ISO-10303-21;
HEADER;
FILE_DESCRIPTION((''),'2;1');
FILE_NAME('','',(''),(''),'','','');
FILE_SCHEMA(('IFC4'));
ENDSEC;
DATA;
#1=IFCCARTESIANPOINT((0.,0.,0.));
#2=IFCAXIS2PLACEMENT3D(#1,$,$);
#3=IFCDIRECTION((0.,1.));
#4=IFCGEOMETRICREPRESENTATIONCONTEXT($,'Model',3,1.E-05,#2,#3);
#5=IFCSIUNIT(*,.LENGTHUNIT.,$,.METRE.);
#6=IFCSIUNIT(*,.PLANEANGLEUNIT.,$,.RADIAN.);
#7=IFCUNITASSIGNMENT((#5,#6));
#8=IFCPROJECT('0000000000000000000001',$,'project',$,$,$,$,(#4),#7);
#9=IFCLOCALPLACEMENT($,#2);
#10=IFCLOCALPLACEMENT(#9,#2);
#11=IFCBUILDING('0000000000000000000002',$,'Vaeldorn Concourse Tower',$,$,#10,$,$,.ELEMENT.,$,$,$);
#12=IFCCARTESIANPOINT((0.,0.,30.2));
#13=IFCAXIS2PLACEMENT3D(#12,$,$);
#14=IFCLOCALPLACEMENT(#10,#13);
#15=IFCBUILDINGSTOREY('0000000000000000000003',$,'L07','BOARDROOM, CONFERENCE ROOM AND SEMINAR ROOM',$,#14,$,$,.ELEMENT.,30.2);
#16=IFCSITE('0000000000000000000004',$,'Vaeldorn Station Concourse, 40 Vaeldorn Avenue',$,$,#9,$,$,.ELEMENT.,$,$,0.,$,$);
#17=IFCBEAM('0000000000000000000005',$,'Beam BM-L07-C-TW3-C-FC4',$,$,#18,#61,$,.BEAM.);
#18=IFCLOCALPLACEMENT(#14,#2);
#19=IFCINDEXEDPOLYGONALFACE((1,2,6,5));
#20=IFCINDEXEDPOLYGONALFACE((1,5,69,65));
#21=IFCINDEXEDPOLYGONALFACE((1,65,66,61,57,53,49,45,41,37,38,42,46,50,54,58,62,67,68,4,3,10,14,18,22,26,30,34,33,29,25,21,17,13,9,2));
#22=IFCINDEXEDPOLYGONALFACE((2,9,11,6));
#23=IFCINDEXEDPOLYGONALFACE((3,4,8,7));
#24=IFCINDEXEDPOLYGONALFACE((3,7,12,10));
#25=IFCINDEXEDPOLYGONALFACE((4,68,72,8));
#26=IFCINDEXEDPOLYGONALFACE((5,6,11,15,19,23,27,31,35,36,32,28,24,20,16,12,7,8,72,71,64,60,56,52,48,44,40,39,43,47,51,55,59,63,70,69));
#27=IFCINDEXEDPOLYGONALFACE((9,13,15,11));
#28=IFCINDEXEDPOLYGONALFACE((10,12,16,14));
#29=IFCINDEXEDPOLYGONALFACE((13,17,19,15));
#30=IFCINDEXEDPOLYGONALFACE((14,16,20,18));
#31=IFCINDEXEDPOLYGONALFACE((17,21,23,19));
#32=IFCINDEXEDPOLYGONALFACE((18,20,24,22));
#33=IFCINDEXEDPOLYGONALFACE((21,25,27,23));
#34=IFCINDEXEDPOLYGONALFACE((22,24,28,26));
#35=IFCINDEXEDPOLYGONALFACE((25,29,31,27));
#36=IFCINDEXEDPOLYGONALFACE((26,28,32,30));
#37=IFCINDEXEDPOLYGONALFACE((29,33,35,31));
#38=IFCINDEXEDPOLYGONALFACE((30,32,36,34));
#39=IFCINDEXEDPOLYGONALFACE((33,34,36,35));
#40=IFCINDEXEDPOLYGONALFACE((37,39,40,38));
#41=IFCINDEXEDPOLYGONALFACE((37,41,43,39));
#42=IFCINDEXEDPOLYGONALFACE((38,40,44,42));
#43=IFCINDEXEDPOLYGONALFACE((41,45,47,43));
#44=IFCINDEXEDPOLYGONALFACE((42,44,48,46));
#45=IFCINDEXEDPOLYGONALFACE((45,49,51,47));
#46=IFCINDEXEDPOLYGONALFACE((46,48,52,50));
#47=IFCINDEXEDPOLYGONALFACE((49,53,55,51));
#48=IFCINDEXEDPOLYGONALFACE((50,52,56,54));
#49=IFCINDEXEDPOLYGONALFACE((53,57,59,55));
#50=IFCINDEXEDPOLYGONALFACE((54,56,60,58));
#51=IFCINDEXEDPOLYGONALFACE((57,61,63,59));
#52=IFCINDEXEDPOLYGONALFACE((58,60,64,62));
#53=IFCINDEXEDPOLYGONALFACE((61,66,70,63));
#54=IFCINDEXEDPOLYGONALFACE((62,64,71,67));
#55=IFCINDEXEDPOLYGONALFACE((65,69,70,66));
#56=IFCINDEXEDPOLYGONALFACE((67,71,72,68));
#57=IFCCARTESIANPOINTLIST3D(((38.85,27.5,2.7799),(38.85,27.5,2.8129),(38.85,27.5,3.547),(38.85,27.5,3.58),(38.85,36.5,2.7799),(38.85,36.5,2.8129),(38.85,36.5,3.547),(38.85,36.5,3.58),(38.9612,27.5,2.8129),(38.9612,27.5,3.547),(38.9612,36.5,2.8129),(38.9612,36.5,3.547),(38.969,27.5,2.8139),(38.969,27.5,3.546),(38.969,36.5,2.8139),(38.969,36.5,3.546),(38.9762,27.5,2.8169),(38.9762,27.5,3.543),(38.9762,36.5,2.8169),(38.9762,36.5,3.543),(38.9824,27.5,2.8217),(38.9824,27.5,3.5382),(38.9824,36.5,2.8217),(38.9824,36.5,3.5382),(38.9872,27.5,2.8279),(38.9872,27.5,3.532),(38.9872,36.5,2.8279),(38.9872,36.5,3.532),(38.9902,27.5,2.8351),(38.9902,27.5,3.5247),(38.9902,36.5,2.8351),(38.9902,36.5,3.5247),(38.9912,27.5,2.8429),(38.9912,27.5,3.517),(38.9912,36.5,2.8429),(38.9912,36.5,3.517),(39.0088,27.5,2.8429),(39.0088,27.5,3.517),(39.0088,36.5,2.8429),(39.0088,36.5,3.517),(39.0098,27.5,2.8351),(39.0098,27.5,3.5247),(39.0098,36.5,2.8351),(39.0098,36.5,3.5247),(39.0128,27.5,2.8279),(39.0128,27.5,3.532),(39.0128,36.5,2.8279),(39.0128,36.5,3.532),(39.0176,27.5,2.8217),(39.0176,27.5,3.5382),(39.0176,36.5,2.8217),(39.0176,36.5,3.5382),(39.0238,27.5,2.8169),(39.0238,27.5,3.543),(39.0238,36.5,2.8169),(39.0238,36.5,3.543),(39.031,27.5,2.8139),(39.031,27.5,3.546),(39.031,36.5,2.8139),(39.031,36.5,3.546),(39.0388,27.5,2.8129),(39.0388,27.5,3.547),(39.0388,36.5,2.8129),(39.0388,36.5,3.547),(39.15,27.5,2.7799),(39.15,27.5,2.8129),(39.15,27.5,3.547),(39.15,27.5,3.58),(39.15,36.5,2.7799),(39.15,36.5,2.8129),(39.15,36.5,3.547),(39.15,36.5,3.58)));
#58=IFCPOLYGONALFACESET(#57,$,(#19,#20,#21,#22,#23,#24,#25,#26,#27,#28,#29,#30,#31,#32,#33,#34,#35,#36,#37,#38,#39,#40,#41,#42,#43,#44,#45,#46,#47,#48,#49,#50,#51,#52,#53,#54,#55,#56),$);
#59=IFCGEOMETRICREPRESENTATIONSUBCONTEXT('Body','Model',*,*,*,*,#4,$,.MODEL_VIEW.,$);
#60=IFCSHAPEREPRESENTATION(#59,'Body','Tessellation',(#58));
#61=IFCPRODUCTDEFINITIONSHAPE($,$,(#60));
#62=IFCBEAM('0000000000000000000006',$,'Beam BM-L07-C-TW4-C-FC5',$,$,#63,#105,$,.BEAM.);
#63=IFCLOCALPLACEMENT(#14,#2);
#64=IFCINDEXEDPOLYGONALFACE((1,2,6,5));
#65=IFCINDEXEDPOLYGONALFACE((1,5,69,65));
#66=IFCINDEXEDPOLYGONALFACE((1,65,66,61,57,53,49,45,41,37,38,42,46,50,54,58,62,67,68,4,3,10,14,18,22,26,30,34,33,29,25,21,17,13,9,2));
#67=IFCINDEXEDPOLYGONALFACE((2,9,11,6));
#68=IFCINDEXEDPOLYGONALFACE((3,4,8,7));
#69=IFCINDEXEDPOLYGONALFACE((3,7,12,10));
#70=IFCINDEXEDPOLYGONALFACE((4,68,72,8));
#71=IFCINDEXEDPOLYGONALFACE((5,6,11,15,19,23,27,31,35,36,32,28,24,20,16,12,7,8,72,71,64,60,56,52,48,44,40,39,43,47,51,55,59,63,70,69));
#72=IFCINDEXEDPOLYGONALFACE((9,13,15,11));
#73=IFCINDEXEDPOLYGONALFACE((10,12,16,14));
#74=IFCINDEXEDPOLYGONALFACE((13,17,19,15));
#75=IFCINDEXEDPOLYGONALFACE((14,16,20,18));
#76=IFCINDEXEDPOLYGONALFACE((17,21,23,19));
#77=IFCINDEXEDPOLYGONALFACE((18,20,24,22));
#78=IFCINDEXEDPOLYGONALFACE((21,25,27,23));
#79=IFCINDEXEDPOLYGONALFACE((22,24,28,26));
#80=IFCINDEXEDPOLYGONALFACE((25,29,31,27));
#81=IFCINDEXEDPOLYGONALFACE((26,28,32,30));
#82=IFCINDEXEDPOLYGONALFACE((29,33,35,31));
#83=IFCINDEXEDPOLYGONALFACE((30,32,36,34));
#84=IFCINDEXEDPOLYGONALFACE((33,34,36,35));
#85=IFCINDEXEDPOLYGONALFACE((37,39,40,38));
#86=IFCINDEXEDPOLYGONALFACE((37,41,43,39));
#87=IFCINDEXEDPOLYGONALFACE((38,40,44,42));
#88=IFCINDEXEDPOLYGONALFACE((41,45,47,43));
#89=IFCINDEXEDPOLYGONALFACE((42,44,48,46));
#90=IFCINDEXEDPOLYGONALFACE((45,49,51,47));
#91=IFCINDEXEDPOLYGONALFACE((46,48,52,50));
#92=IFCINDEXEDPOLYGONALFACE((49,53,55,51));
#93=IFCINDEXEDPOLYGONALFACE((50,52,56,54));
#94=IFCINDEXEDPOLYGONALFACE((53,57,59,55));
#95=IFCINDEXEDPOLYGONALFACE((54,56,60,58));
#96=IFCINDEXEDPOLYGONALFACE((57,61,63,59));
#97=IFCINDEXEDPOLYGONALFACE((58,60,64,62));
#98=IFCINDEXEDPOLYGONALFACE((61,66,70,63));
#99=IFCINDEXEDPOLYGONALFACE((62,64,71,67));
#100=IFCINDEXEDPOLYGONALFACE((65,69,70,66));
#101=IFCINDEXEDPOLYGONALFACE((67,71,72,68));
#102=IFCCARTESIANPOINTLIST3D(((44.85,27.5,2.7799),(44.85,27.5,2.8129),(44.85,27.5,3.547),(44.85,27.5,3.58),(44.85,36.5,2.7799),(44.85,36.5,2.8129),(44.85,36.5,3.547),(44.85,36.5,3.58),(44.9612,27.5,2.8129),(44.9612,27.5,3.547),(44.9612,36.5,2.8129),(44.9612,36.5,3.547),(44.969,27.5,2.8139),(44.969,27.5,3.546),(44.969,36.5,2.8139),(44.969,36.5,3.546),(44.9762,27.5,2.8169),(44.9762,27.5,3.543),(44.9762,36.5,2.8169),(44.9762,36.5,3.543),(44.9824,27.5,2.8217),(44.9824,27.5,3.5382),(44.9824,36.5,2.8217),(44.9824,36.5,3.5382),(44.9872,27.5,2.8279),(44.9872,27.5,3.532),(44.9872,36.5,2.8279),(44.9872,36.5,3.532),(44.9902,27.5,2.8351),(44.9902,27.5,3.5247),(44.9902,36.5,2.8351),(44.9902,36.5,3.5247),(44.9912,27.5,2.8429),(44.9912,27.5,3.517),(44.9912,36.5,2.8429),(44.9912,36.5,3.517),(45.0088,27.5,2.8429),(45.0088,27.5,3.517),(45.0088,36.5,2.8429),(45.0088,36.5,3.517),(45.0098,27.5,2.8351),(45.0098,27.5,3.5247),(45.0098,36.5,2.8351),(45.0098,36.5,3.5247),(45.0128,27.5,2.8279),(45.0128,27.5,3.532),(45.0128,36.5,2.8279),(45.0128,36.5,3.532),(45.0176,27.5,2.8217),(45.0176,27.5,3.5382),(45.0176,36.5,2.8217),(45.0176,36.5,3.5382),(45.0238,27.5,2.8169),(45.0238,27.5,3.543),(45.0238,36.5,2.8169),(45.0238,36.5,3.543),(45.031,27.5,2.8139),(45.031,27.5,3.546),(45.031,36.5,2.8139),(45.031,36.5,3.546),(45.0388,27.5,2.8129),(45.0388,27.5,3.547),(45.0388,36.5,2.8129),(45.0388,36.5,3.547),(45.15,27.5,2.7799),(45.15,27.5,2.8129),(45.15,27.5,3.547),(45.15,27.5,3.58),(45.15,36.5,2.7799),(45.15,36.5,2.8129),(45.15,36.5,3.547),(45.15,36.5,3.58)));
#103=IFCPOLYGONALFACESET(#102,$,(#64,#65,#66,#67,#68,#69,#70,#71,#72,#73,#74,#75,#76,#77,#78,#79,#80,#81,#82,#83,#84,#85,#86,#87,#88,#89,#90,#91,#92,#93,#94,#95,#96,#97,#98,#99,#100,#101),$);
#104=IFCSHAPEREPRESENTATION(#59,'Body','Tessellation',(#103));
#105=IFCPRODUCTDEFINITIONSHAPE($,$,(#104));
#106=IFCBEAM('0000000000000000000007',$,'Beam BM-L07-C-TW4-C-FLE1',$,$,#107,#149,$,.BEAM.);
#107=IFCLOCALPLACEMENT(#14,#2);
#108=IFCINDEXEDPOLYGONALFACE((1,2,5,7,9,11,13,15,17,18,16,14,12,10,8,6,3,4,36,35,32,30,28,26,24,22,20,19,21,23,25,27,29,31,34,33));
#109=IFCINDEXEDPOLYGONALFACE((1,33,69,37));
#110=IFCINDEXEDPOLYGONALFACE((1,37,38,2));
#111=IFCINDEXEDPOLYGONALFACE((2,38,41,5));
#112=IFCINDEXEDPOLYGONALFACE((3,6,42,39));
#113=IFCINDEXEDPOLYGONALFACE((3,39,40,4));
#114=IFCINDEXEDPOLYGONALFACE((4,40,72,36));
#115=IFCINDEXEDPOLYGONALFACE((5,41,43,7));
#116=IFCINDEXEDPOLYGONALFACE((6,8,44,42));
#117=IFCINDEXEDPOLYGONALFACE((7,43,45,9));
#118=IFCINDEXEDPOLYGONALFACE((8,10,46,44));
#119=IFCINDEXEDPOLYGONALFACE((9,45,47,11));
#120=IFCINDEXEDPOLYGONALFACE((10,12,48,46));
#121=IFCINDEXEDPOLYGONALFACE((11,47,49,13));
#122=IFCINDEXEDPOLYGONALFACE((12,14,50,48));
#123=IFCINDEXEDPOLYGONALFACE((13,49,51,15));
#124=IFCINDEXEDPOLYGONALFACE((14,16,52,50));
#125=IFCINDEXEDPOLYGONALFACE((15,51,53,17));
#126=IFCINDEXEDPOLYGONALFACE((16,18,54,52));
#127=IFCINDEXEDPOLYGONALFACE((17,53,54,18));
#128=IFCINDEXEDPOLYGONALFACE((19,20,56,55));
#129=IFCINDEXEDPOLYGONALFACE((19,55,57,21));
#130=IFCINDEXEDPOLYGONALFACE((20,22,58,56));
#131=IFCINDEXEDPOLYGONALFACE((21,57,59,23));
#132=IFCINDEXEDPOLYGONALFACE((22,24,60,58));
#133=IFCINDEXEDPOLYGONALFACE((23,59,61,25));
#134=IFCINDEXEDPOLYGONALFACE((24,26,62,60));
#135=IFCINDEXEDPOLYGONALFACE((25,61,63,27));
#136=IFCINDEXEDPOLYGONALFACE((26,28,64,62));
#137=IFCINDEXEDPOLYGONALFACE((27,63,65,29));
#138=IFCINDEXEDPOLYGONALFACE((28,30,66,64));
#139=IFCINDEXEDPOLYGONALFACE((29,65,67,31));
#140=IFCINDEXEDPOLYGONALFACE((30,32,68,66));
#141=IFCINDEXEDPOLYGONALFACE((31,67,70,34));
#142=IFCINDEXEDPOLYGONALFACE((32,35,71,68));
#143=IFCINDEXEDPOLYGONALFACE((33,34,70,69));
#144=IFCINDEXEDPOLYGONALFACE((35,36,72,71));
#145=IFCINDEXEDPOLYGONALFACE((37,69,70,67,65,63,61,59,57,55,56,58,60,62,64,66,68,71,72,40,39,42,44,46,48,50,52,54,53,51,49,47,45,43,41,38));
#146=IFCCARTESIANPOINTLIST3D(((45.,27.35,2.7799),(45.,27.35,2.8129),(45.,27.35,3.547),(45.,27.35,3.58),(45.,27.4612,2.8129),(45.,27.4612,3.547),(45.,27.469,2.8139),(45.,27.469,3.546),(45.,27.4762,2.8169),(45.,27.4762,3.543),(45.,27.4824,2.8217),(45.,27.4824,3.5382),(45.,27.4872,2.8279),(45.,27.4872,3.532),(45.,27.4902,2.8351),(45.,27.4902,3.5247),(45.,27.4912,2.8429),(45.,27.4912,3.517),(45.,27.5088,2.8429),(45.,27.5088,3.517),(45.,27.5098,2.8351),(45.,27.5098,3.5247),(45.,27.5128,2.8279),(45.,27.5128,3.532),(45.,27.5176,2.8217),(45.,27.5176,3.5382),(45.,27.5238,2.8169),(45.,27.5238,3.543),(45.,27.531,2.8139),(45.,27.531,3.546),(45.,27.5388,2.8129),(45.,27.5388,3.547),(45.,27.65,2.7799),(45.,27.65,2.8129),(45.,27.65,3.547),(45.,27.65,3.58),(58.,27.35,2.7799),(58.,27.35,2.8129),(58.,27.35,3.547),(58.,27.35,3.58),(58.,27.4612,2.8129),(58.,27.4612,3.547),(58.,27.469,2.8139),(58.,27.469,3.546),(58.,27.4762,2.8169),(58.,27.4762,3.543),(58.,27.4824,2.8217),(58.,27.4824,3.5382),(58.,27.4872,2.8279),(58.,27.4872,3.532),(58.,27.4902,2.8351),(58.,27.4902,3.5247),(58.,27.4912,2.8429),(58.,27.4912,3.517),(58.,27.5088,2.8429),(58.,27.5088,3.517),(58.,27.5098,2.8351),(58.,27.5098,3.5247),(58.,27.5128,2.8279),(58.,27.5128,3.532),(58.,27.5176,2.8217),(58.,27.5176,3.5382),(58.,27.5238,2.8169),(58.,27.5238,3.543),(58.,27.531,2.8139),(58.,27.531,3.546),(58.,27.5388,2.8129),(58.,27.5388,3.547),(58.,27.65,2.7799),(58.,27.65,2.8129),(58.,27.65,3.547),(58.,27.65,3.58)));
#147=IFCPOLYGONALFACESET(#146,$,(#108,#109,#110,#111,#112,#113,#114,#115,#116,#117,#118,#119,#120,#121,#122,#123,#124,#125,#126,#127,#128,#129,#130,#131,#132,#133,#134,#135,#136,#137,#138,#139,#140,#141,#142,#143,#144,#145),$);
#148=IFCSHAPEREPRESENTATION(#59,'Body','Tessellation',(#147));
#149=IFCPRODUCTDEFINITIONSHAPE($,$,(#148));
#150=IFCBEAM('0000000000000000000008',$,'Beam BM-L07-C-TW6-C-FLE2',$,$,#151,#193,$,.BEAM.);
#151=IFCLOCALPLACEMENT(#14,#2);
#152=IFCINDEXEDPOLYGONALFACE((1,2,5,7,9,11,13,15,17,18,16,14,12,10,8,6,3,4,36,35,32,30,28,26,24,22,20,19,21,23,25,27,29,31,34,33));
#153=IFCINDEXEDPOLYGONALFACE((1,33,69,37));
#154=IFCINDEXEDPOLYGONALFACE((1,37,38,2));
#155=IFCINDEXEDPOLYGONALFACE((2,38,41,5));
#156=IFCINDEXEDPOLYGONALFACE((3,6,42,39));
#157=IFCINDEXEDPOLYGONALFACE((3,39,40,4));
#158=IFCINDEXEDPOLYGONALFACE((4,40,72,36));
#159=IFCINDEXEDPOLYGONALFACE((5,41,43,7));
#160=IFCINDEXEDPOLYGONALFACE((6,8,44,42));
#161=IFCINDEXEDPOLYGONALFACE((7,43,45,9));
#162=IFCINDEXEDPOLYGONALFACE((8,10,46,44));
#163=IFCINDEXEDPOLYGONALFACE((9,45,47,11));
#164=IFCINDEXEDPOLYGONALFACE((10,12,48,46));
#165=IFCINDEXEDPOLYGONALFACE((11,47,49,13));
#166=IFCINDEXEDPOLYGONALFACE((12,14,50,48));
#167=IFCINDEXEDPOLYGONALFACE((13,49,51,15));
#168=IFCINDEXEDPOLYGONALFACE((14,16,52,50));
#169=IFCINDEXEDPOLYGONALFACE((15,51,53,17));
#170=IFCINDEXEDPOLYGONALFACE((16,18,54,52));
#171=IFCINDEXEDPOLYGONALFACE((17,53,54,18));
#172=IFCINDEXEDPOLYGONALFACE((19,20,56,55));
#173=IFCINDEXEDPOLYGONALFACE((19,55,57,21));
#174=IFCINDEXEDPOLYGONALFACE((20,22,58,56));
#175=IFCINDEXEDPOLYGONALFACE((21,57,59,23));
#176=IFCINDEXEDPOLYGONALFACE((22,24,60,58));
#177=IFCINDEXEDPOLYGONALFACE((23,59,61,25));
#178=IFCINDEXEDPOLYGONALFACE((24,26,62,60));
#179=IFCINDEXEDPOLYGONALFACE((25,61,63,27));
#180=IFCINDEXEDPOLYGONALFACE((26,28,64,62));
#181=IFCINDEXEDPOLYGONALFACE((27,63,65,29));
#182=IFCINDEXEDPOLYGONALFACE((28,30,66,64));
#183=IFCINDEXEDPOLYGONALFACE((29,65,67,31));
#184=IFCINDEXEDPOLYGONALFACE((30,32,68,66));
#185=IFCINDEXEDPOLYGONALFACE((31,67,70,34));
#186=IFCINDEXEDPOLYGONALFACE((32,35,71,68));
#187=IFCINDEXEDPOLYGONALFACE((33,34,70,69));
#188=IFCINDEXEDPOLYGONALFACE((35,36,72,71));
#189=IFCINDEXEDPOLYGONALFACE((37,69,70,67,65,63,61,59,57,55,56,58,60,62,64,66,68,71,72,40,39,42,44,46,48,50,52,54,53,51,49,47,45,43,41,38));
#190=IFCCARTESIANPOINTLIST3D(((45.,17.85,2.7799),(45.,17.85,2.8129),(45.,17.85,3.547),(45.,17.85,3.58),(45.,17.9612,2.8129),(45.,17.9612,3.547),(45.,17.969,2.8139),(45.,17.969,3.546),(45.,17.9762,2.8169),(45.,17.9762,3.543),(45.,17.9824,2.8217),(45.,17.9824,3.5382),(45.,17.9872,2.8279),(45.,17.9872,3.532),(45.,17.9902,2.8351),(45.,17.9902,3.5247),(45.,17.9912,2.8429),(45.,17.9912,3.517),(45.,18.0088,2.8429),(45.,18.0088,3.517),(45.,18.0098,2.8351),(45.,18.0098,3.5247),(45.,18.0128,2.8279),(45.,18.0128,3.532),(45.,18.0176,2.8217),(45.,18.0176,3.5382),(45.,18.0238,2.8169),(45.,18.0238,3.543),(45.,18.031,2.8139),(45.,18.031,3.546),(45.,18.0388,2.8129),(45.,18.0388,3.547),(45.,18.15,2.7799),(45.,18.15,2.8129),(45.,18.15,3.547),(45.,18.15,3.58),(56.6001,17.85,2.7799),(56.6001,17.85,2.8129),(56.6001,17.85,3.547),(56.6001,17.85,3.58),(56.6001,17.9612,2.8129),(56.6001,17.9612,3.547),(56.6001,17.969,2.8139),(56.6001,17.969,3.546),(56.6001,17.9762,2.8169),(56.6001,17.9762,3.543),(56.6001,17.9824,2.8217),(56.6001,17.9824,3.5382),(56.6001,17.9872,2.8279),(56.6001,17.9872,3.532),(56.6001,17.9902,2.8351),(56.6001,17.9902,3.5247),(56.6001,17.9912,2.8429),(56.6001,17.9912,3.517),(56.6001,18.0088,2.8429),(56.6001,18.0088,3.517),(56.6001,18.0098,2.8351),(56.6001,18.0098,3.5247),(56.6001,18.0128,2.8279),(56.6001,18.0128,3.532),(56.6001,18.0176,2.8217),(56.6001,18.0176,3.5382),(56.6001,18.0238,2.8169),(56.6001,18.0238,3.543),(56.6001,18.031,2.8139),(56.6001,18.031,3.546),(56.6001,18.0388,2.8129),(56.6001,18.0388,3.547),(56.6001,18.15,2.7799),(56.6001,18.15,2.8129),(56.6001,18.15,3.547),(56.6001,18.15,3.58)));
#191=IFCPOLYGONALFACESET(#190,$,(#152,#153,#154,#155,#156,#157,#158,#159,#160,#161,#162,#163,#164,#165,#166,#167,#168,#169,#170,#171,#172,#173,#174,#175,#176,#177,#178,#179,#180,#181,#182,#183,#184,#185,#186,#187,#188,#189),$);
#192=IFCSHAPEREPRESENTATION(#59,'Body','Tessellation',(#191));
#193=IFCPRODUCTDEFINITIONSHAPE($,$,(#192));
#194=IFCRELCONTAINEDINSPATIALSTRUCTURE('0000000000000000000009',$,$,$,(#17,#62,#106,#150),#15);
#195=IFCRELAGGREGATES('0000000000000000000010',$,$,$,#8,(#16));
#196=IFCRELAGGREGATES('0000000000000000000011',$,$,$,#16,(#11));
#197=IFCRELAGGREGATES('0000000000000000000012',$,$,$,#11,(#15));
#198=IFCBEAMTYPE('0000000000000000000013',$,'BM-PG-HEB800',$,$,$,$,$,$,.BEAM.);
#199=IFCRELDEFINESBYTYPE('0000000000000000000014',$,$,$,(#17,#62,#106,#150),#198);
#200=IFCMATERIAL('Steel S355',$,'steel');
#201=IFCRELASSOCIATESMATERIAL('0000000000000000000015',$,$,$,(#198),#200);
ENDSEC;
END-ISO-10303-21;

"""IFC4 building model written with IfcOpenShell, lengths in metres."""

from ifc_helpers import new_model, si_unit, direction, frame, origin, origin_2d, place, context, subcontext, project, spatial, i_section, extrude, source, transform, mapped, material, material_profile, profile_set, type_object, element, save


model = new_model("IFC4")

# Units and contexts
model_context = context("Model", 3, precision=1e-05, world=origin(), true_north=direction((0.0, 1.0)))
body_context = subcontext(model_context, "Body", "Model", "MODEL_VIEW")
ifc_project = project(units=[si_unit("LENGTHUNIT", "METRE"), si_unit("PLANEANGLEUNIT", "RADIAN")], contexts=[model_context])

# Site, building, storey
site_placement = place(None, origin())
site = spatial("IfcSite", under=ifc_project, at=site_placement, Name="Vaeldorn Station Concourse, 40 Vaeldorn Avenue", CompositionType="ELEMENT", RefElevation=0.0)
building_placement = place(site_placement, origin())
building = spatial("IfcBuilding", under=site, at=building_placement, Name="Vaeldorn Concourse Tower", CompositionType="ELEMENT")
storey_placement = place(building_placement, frame((0.0, 0.0, 30.2)))
storey = spatial("IfcBuildingStorey", under=building, at=storey_placement, Name="L07", Description="BOARDROOM, CONFERENCE ROOM AND SEMINAR ROOM", CompositionType="ELEMENT", Elevation=30.2)

# Beams
ifc_material_1 = material(Name="Steel S355", Category="steel")
ifc_material_profile_1 = material_profile(ifc_material_1, i_section(OverallWidth=0.3, OverallDepth=0.8, WebThickness=0.0176, FlangeThickness=0.033, FilletRadius=0.03, at=origin_2d()), Name="HEB 800")
ifc_profile_set_1 = profile_set([ifc_material_profile_1], Name="Steel S355")
beam_type_1 = type_object("IfcBeamType", Name="BM-PG-HEB800", PredefinedType="BEAM", material=ifc_profile_set_1)
shared_shape_1 = source(origin(), body_context, "Body", "SweptSolid", [
    extrude(i_section(OverallWidth=0.3, OverallDepth=0.8, WebThickness=0.0176, FlangeThickness=0.033, FilletRadius=0.03, at=origin_2d()), origin(), (0.0, 0.0, 1.0), 9.0),
])
for number, where, z_axis, x_axis, name in (
    (1, (39.0, 27.5, 3.1799), (0.0, 1.0, 0.0), (-1.0, 0.0, 0.0), "Beam BM-L07-C-TW3-C-FC4"),
    (2, (45.0, 27.5, 3.1799), (0.0, 1.0, 0.0), (-1.0, 0.0, 0.0), "Beam BM-L07-C-TW4-C-FC5"),
):
    element("IfcBeam", number, at=place(storey_placement, frame(where, z_axis=z_axis, x_axis=x_axis)), inside=storey, type_object=beam_type_1, Name=name, PredefinedType="BEAM", context=body_context, shape_type="MappedRepresentation", body=[
        mapped(shared_shape_1, transform((0.0, 0.0, 0.0), scale=1.0)),
    ])
shared_shape_2 = source(origin(), body_context, "Body", "SweptSolid", [
    extrude(i_section(OverallWidth=0.3, OverallDepth=0.8, WebThickness=0.0176, FlangeThickness=0.033, FilletRadius=0.03, at=origin_2d()), origin(), (0.0, 0.0, 1.0), 13.0),
])
beam_1_placement = place(storey_placement, frame((45.0, 27.5, 3.1799), z_axis=(1.0, 0.0, 0.0), x_axis=(0.0, 1.0, 0.0)))
element("IfcBeam", 3, at=beam_1_placement, inside=storey, type_object=beam_type_1, Name="Beam BM-L07-C-TW4-C-FLE1", PredefinedType="BEAM", context=body_context, shape_type="MappedRepresentation", body=[
    mapped(shared_shape_2, transform((0.0, 0.0, 0.0), scale=1.0)),
])
shared_shape_3 = source(origin(), body_context, "Body", "SweptSolid", [
    extrude(i_section(OverallWidth=0.3, OverallDepth=0.8, WebThickness=0.0176, FlangeThickness=0.033, FilletRadius=0.03, at=origin_2d()), origin(), (0.0, 0.0, 1.0), 11.6001),
])
beam_2_placement = place(storey_placement, frame((45.0, 18.0, 3.1799), z_axis=(1.0, 0.0, 0.0), x_axis=(0.0, 1.0, 0.0)))
element("IfcBeam", 4, at=beam_2_placement, inside=storey, type_object=beam_type_1, Name="Beam BM-L07-C-TW6-C-FLE2", PredefinedType="BEAM", context=body_context, shape_type="MappedRepresentation", body=[
    mapped(shared_shape_3, transform((0.0, 0.0, 0.0), scale=1.0)),
])

save(model, "model.ifc")
